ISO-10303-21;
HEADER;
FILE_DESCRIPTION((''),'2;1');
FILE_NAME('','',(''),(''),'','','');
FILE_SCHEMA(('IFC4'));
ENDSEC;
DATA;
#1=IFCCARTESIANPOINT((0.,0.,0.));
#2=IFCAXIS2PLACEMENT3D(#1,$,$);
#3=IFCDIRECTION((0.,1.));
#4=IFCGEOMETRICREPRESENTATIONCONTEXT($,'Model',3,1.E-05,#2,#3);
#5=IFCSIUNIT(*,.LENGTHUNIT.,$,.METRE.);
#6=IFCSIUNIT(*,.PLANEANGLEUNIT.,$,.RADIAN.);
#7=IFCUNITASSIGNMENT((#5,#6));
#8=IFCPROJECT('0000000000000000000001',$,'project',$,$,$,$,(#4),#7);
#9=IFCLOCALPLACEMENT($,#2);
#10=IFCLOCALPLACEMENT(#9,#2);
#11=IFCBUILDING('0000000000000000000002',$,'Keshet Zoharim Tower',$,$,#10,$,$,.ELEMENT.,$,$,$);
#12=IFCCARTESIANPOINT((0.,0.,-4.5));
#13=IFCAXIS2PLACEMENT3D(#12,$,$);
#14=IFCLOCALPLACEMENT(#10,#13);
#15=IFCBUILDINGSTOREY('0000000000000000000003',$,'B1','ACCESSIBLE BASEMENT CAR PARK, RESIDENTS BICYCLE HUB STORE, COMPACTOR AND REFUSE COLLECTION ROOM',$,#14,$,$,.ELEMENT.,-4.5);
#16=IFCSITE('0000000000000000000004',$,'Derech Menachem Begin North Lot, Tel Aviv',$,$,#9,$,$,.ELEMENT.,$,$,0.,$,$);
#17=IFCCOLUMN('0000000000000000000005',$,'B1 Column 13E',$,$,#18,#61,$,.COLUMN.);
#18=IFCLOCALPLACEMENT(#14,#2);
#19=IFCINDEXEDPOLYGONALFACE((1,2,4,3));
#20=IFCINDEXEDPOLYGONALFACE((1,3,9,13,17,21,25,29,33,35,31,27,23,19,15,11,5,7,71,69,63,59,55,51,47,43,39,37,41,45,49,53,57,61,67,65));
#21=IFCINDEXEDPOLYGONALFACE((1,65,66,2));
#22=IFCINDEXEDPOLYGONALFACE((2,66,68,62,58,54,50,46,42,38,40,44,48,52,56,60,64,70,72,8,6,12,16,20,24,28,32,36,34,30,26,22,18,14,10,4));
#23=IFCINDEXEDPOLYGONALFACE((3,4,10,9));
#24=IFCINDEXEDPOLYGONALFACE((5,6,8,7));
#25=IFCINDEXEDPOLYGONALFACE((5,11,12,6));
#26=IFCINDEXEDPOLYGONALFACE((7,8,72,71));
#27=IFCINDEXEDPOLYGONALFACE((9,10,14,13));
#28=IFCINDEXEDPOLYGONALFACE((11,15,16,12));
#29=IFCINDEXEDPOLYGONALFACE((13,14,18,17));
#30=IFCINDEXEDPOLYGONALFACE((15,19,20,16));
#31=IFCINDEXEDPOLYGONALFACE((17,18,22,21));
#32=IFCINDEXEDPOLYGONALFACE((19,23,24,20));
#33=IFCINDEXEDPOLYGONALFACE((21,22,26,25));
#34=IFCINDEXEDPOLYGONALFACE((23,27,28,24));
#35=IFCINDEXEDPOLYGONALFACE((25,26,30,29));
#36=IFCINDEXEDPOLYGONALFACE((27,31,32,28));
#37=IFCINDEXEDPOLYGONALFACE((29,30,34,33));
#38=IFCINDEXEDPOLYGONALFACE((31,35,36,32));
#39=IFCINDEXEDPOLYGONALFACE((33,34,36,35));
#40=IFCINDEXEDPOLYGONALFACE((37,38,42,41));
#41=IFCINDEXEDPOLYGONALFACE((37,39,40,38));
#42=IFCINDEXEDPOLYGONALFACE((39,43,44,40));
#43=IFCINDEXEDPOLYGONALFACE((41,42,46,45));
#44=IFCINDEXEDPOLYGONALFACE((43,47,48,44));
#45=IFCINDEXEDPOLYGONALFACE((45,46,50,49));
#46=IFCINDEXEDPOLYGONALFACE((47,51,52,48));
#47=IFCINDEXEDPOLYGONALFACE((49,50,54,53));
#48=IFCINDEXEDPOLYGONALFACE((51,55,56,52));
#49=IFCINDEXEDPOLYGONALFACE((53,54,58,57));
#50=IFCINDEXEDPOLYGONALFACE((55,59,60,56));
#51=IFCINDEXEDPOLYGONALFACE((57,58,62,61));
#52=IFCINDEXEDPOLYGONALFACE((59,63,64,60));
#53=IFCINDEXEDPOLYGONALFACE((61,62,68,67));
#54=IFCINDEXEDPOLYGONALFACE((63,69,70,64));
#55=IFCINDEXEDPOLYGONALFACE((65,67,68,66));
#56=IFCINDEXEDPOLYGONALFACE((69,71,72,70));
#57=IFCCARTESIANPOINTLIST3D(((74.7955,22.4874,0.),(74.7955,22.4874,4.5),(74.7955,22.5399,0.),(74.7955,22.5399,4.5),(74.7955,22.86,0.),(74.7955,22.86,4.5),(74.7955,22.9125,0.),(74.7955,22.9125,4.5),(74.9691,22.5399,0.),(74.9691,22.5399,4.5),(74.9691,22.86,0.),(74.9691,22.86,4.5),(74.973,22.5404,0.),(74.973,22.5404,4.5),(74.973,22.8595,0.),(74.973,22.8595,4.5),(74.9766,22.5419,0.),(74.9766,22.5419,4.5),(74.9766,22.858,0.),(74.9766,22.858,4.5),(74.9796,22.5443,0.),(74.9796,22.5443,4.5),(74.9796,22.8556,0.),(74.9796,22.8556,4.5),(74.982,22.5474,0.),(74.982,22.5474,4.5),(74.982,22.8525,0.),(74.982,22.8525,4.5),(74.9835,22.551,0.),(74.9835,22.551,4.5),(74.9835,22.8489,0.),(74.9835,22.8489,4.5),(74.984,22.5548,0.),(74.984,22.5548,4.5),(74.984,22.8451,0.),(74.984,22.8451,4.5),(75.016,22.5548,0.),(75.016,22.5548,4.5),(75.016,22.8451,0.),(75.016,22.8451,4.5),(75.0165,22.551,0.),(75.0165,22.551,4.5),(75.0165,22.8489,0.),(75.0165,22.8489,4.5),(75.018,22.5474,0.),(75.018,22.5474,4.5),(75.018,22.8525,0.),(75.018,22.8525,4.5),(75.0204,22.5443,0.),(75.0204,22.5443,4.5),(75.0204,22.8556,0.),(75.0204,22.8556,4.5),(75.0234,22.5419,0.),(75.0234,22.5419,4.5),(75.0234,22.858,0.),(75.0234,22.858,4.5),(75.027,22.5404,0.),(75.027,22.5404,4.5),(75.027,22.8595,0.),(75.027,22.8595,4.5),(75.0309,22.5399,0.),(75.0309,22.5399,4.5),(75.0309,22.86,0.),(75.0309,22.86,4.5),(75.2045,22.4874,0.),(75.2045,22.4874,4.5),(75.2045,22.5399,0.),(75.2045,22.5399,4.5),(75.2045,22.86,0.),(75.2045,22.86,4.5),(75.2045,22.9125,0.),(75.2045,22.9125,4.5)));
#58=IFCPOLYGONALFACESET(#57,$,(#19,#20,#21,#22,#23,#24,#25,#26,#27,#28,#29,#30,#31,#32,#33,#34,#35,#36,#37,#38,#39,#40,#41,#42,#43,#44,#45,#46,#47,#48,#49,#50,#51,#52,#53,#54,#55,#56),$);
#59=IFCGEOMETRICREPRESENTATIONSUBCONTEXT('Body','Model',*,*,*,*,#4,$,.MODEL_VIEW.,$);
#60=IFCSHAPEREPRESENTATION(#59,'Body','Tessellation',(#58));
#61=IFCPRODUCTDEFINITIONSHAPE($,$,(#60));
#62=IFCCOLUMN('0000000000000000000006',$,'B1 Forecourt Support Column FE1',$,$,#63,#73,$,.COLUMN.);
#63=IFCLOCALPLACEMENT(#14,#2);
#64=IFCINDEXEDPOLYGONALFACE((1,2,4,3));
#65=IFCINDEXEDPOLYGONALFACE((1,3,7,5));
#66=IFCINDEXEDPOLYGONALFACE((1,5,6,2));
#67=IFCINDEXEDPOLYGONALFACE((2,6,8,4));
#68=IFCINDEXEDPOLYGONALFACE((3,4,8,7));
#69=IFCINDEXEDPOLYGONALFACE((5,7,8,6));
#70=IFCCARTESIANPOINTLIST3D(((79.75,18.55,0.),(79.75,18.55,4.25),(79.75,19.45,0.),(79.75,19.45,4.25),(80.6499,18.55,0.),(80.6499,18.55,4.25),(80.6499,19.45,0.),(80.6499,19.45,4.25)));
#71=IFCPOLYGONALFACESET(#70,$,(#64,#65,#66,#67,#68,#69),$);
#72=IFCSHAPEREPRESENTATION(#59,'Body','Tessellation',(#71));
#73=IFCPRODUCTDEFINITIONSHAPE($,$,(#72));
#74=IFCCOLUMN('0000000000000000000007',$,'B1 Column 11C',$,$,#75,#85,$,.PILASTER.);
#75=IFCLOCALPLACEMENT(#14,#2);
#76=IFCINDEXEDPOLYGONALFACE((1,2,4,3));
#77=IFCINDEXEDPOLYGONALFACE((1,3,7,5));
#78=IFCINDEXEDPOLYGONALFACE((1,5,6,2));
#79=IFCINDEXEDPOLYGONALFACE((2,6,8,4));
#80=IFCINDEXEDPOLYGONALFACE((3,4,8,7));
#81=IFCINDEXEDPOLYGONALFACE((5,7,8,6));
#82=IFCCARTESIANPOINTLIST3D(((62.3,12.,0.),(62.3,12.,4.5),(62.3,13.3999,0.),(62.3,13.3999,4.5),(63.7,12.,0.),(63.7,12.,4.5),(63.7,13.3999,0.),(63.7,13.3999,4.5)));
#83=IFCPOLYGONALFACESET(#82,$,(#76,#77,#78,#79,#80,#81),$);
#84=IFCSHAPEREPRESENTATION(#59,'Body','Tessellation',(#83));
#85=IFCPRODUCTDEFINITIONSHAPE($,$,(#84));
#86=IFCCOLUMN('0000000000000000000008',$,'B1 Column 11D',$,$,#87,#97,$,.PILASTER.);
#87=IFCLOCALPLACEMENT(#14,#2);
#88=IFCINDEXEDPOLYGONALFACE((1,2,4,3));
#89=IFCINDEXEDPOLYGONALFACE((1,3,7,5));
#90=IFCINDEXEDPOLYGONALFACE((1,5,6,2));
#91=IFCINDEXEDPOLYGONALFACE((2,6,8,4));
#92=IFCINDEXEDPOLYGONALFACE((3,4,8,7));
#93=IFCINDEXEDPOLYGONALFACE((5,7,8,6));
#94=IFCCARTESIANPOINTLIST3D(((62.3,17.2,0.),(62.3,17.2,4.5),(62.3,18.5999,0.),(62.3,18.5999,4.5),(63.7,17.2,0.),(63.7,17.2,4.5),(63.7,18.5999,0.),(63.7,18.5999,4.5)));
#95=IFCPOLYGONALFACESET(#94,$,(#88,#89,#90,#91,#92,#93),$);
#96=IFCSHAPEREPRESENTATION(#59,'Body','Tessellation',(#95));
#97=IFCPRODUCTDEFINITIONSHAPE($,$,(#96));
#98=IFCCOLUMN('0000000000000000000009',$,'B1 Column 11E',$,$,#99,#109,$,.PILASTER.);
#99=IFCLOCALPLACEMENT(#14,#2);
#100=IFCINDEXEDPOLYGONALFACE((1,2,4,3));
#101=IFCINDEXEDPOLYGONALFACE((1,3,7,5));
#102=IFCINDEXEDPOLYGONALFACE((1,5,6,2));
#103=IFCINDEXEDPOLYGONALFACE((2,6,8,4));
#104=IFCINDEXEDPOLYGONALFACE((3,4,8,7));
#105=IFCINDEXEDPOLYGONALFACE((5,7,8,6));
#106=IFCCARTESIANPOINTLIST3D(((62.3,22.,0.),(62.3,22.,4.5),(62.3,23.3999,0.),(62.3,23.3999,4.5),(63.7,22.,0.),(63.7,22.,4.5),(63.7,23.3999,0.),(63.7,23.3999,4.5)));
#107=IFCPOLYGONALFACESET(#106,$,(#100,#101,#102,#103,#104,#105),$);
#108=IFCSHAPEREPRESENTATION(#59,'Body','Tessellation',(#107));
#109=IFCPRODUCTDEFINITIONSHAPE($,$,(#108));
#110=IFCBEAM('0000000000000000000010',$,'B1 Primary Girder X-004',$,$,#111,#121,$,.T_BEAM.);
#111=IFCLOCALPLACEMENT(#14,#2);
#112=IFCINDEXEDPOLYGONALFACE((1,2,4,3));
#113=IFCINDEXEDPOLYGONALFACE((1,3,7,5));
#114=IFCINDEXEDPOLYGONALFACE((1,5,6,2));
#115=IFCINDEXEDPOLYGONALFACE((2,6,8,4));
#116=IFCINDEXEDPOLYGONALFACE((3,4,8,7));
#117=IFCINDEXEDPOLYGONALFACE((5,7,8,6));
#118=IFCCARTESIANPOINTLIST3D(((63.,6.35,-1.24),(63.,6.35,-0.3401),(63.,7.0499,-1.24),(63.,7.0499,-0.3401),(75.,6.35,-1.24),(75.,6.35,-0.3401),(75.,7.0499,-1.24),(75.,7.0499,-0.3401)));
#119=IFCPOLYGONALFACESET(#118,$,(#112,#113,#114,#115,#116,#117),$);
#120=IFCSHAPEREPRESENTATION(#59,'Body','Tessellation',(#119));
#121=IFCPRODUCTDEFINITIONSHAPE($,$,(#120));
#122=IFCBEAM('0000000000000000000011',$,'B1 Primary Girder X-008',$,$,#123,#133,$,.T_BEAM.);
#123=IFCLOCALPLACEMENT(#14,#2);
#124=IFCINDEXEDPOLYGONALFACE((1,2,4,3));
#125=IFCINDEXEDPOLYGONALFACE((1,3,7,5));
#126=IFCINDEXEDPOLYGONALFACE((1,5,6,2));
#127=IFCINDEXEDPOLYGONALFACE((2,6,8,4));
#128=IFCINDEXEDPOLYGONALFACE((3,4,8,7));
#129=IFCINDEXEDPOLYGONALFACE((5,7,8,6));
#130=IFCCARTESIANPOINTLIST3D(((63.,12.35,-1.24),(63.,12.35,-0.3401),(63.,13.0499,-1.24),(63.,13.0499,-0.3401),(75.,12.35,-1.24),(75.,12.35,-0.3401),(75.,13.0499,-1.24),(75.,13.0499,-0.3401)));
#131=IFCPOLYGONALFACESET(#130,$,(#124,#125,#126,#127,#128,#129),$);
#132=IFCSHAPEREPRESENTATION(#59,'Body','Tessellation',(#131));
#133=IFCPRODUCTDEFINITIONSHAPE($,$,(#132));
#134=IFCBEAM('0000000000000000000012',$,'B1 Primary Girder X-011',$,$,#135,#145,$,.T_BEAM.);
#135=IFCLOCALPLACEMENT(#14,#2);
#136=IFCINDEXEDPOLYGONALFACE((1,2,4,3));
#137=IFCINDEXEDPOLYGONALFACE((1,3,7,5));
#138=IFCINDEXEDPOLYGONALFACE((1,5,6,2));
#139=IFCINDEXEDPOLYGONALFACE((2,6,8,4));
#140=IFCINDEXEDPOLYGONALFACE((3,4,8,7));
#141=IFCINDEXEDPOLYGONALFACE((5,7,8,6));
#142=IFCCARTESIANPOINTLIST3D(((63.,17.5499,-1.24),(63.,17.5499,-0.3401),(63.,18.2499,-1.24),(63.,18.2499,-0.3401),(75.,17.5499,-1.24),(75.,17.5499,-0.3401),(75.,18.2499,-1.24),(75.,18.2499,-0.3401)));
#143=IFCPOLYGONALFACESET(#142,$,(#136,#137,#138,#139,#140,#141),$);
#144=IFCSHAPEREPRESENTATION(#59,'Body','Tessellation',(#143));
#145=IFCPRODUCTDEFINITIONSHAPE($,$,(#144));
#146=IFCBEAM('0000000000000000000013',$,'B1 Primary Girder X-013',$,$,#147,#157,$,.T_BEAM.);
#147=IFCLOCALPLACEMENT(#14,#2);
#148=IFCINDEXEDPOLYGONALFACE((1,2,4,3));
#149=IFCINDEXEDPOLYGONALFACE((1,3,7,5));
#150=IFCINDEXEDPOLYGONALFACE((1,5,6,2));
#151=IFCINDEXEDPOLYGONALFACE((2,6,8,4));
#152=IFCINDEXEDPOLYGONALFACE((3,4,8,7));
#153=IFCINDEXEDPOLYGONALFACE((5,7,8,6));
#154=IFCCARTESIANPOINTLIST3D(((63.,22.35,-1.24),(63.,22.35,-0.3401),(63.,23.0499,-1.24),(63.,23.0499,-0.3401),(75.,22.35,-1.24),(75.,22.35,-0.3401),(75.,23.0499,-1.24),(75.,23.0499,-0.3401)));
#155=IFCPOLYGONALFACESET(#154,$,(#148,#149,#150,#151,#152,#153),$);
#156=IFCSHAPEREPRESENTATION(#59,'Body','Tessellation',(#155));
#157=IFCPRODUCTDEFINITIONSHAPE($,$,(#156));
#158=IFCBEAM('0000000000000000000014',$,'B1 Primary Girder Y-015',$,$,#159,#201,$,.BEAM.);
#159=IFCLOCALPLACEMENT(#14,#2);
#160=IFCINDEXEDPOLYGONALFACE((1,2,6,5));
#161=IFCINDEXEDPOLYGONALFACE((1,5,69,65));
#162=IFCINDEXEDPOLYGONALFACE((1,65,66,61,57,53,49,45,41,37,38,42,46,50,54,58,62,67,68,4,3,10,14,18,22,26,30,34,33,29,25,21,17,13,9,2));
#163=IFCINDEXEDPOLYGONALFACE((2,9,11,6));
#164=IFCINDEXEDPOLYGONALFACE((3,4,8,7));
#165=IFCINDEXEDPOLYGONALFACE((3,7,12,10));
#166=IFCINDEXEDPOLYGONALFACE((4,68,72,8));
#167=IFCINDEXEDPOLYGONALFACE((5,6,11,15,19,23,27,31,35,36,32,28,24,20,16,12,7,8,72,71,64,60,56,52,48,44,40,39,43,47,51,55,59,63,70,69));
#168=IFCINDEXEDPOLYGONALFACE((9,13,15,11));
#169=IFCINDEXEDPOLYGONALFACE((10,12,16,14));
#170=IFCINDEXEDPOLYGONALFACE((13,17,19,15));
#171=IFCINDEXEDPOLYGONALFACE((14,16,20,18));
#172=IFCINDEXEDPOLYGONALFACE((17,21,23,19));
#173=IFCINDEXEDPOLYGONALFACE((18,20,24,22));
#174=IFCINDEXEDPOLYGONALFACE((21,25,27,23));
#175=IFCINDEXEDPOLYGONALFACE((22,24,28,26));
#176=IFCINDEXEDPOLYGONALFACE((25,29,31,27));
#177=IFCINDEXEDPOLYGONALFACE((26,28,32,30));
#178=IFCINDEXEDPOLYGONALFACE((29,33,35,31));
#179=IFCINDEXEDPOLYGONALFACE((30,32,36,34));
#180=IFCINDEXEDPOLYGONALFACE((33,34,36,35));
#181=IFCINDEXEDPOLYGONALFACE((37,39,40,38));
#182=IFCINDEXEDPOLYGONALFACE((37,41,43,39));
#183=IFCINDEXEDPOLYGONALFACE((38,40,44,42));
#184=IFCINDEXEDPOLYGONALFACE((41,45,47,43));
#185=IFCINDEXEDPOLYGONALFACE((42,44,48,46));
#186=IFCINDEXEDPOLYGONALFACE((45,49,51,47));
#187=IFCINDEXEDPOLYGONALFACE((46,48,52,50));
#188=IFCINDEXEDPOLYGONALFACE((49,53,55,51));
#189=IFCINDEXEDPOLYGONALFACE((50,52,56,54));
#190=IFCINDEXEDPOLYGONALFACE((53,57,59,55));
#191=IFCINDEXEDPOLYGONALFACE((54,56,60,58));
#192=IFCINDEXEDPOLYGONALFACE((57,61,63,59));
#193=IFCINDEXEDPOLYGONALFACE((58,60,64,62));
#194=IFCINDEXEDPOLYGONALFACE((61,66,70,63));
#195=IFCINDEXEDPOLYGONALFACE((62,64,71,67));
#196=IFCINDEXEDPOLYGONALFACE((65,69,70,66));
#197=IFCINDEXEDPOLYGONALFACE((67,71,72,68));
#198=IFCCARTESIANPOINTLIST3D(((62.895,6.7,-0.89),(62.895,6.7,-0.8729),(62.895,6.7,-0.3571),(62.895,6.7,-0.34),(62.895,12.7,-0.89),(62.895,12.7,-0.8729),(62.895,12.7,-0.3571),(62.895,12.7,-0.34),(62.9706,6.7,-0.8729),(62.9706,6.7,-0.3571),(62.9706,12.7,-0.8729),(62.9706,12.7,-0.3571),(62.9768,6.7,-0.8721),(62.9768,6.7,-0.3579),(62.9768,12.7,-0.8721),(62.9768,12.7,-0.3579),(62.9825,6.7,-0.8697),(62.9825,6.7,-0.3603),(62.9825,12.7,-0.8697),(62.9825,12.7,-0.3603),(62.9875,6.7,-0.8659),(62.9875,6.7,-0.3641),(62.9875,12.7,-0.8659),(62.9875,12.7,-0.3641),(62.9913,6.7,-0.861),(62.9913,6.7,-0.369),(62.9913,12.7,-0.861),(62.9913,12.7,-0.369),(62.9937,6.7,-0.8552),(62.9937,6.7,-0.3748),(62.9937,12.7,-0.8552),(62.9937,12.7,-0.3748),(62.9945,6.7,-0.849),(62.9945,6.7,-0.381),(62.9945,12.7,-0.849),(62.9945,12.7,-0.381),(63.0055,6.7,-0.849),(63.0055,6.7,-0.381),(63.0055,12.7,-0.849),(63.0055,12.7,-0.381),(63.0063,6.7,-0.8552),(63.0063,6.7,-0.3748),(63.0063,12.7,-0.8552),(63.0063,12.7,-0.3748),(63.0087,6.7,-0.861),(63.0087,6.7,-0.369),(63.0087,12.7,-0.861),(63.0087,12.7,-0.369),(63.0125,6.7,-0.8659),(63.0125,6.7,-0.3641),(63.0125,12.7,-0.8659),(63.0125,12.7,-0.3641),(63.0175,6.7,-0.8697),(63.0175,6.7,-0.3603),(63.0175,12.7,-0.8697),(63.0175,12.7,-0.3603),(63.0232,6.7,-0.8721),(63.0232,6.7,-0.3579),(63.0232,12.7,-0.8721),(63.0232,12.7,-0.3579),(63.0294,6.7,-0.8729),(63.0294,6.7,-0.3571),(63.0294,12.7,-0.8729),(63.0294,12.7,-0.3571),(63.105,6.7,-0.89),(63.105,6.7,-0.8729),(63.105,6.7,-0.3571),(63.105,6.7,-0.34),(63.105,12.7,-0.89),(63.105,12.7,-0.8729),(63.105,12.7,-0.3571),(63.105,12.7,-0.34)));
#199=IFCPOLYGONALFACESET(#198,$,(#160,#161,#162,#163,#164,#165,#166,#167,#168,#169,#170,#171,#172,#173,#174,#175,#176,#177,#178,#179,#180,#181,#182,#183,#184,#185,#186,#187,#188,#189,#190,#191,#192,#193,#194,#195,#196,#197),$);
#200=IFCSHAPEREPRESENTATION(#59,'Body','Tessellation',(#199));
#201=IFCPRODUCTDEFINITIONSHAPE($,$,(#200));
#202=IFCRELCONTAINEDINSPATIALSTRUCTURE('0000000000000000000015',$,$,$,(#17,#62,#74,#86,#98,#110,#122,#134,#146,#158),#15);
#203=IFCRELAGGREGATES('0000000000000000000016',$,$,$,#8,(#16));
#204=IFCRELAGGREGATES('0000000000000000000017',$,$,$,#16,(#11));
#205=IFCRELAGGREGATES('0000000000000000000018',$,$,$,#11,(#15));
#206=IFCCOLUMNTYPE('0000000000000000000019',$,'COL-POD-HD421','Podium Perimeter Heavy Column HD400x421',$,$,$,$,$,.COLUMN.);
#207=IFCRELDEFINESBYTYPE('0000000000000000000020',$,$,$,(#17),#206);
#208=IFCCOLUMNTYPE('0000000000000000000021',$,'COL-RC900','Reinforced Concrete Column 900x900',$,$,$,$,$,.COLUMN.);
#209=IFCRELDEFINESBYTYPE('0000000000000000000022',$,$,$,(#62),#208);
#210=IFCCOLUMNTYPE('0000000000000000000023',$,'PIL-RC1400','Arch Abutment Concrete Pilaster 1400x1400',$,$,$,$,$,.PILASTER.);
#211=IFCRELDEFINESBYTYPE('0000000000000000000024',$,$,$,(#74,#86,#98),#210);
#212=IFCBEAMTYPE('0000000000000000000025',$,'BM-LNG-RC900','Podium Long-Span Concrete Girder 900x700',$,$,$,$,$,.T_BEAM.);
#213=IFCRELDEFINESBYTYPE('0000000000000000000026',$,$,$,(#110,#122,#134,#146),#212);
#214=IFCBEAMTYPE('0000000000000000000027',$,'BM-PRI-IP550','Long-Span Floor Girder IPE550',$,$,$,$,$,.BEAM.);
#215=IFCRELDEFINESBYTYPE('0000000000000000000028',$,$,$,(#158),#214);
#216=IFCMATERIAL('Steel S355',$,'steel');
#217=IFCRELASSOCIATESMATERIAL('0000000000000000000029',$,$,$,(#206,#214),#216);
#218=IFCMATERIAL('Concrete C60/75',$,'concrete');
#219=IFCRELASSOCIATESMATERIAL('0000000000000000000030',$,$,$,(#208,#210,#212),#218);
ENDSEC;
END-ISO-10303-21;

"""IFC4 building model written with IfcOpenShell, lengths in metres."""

from ifc_helpers import new_model, si_unit, direction, frame, origin, origin_2d, place, context, subcontext, project, spatial, rectangle, i_section, extrude, material, material_profile, profile_set, type_object, element, save


model = new_model("IFC4")

# Units and contexts
model_context = context("Model", 3, precision=1e-05, world=origin(), true_north=direction((0.0, 1.0)))
body_context = subcontext(model_context, "Body", "Model", "MODEL_VIEW")
ifc_project = project(units=[si_unit("LENGTHUNIT", "METRE"), si_unit("PLANEANGLEUNIT", "RADIAN")], contexts=[model_context])

# Site, building, storey
site_placement = place(None, origin())
site = spatial("IfcSite", under=ifc_project, at=site_placement, Name="Derech Menachem Begin North Lot, Tel Aviv", CompositionType="ELEMENT", RefElevation=0.0)
building_placement = place(site_placement, origin())
building = spatial("IfcBuilding", under=site, at=building_placement, Name="Keshet Zoharim Tower", CompositionType="ELEMENT")
storey_placement = place(building_placement, frame((0.0, 0.0, -4.5)))
storey = spatial("IfcBuildingStorey", under=building, at=storey_placement, Name="B1", Description="ACCESSIBLE BASEMENT CAR PARK, RESIDENTS BICYCLE HUB STORE, COMPACTOR AND REFUSE COLLECTION ROOM", CompositionType="ELEMENT", Elevation=-4.5)

# Columns
ifc_material_1 = material(Name="Steel S355", Category="steel")
ifc_material_profile_1 = material_profile(ifc_material_1, i_section(OverallWidth=0.4089, OverallDepth=0.425, WebThickness=0.032, FlangeThickness=0.0525, FilletRadius=0.0149, at=origin_2d()), Name="HD400x421")
ifc_profile_set_1 = profile_set([ifc_material_profile_1], Name="Steel S355")
column_type_1 = type_object("IfcColumnType", Name="COL-POD-HD421", Description="Podium Perimeter Heavy Column HD400x421", PredefinedType="COLUMN", material=ifc_profile_set_1)
for number, where, z_axis, x_axis, name in (
    (1, (75.0, 22.7, 0.0), (0.0, 0.0, 1.0), (1.0, 0.0, 0.0), "B1 Column 13E"),
):
    element("IfcColumn", number, at=place(storey_placement, frame(where, z_axis=z_axis, x_axis=x_axis)), inside=storey, type_object=column_type_1, Name=name, PredefinedType="COLUMN", context=body_context, shape_type="SweptSolid", body=[
        extrude(i_section(OverallWidth=0.4089, OverallDepth=0.425, WebThickness=0.032, FlangeThickness=0.0525, FilletRadius=0.0149, at=origin_2d()), origin(), (0.0, 0.0, 1.0), 4.5),
    ])
ifc_material_2 = material(Name="Concrete C60/75", Category="concrete")
ifc_material_profile_2 = material_profile(ifc_material_2, rectangle(XDim=0.8999, YDim=0.8999, at=origin_2d()), Name="RC900x900")
ifc_profile_set_2 = profile_set([ifc_material_profile_2], Name="Concrete C60/75")
column_type_2 = type_object("IfcColumnType", Name="COL-RC900", Description="Reinforced Concrete Column 900x900", PredefinedType="COLUMN", material=ifc_profile_set_2)
column_placement = place(storey_placement, frame((80.2, 19.0, 0.0), z_axis=(0.0, 0.0, 1.0), x_axis=(1.0, 0.0, 0.0)))
element("IfcColumn", 2, at=column_placement, inside=storey, type_object=column_type_2, Name="B1 Forecourt Support Column FE1", PredefinedType="COLUMN", context=body_context, shape_type="SweptSolid", body=[
    extrude(rectangle(XDim=0.8999, YDim=0.8999, at=origin_2d()), origin(), (0.0, 0.0, 1.0), 4.25),
])
ifc_material_profile_3 = material_profile(ifc_material_2, rectangle(XDim=1.3999, YDim=1.3999, at=origin_2d()), Name="RC1400x1400")
ifc_profile_set_3 = profile_set([ifc_material_profile_3], Name="Concrete C60/75")
column_type_3 = type_object("IfcColumnType", Name="PIL-RC1400", Description="Arch Abutment Concrete Pilaster 1400x1400", PredefinedType="PILASTER", material=ifc_profile_set_3)
for number, where, z_axis, x_axis, name in (
    (3, (63.0, 12.7, 0.0), (0.0, 0.0, 1.0), (1.0, 0.0, 0.0), "B1 Column 11C"),
    (4, (63.0, 17.8999, 0.0), (0.0, 0.0, 1.0), (1.0, 0.0, 0.0), "B1 Column 11D"),
    (5, (63.0, 22.7, 0.0), (0.0, 0.0, 1.0), (1.0, 0.0, 0.0), "B1 Column 11E"),
):
    element("IfcColumn", number, at=place(storey_placement, frame(where, z_axis=z_axis, x_axis=x_axis)), inside=storey, type_object=column_type_3, Name=name, PredefinedType="PILASTER", context=body_context, shape_type="SweptSolid", body=[
        extrude(rectangle(XDim=1.3999, YDim=1.3999, at=origin_2d()), origin(), (0.0, 0.0, 1.0), 4.5),
    ])

# Beams
ifc_material_profile_4 = material_profile(ifc_material_2, rectangle(XDim=0.7, YDim=0.8999, at=origin_2d()), Name="RC900x700")
ifc_profile_set_4 = profile_set([ifc_material_profile_4], Name="Concrete C60/75")
beam_type_1 = type_object("IfcBeamType", Name="BM-LNG-RC900", Description="Podium Long-Span Concrete Girder 900x700", PredefinedType="T_BEAM", material=ifc_profile_set_4)
for number, where, z_axis, x_axis, name in (
    (6, (63.0, 6.7, -0.79), (1.0, 0.0, 0.0), (0.0, 1.0, 0.0), "B1 Primary Girder X-004"),
    (7, (63.0, 12.7, -0.79), (1.0, 0.0, 0.0), (0.0, 1.0, 0.0), "B1 Primary Girder X-008"),
    (8, (63.0, 17.8999, -0.79), (1.0, 0.0, 0.0), (0.0, 1.0, 0.0), "B1 Primary Girder X-011"),
    (9, (63.0, 22.7, -0.79), (1.0, 0.0, 0.0), (0.0, 1.0, 0.0), "B1 Primary Girder X-013"),
):
    element("IfcBeam", number, at=place(storey_placement, frame(where, z_axis=z_axis, x_axis=x_axis)), inside=storey, type_object=beam_type_1, Name=name, PredefinedType="T_BEAM", context=body_context, shape_type="SweptSolid", body=[
        extrude(rectangle(XDim=0.7, YDim=0.8999, at=origin_2d()), origin(), (0.0, 0.0, 1.0), 12.0),
    ])
ifc_material_profile_5 = material_profile(ifc_material_1, i_section(OverallWidth=0.21, OverallDepth=0.55, WebThickness=0.011, FlangeThickness=0.0171, FilletRadius=0.0239, at=origin_2d()), Name="IPE550")
ifc_profile_set_5 = profile_set([ifc_material_profile_5], Name="Steel S355")
beam_type_2 = type_object("IfcBeamType", Name="BM-PRI-IP550", Description="Long-Span Floor Girder IPE550", PredefinedType="BEAM", material=ifc_profile_set_5)
beam_1_placement = place(storey_placement, frame((63.0, 6.7, -0.615), z_axis=(0.0, 1.0, 0.0), x_axis=(-1.0, 0.0, 0.0)))
element("IfcBeam", 10, at=beam_1_placement, inside=storey, type_object=beam_type_2, Name="B1 Primary Girder Y-015", PredefinedType="BEAM", context=body_context, shape_type="SweptSolid", body=[
    extrude(i_section(OverallWidth=0.21, OverallDepth=0.55, WebThickness=0.011, FlangeThickness=0.0171, FilletRadius=0.0239, at=origin_2d()), origin(), (0.0, 0.0, 1.0), 6.0),
])

save(model, "model.ifc")
